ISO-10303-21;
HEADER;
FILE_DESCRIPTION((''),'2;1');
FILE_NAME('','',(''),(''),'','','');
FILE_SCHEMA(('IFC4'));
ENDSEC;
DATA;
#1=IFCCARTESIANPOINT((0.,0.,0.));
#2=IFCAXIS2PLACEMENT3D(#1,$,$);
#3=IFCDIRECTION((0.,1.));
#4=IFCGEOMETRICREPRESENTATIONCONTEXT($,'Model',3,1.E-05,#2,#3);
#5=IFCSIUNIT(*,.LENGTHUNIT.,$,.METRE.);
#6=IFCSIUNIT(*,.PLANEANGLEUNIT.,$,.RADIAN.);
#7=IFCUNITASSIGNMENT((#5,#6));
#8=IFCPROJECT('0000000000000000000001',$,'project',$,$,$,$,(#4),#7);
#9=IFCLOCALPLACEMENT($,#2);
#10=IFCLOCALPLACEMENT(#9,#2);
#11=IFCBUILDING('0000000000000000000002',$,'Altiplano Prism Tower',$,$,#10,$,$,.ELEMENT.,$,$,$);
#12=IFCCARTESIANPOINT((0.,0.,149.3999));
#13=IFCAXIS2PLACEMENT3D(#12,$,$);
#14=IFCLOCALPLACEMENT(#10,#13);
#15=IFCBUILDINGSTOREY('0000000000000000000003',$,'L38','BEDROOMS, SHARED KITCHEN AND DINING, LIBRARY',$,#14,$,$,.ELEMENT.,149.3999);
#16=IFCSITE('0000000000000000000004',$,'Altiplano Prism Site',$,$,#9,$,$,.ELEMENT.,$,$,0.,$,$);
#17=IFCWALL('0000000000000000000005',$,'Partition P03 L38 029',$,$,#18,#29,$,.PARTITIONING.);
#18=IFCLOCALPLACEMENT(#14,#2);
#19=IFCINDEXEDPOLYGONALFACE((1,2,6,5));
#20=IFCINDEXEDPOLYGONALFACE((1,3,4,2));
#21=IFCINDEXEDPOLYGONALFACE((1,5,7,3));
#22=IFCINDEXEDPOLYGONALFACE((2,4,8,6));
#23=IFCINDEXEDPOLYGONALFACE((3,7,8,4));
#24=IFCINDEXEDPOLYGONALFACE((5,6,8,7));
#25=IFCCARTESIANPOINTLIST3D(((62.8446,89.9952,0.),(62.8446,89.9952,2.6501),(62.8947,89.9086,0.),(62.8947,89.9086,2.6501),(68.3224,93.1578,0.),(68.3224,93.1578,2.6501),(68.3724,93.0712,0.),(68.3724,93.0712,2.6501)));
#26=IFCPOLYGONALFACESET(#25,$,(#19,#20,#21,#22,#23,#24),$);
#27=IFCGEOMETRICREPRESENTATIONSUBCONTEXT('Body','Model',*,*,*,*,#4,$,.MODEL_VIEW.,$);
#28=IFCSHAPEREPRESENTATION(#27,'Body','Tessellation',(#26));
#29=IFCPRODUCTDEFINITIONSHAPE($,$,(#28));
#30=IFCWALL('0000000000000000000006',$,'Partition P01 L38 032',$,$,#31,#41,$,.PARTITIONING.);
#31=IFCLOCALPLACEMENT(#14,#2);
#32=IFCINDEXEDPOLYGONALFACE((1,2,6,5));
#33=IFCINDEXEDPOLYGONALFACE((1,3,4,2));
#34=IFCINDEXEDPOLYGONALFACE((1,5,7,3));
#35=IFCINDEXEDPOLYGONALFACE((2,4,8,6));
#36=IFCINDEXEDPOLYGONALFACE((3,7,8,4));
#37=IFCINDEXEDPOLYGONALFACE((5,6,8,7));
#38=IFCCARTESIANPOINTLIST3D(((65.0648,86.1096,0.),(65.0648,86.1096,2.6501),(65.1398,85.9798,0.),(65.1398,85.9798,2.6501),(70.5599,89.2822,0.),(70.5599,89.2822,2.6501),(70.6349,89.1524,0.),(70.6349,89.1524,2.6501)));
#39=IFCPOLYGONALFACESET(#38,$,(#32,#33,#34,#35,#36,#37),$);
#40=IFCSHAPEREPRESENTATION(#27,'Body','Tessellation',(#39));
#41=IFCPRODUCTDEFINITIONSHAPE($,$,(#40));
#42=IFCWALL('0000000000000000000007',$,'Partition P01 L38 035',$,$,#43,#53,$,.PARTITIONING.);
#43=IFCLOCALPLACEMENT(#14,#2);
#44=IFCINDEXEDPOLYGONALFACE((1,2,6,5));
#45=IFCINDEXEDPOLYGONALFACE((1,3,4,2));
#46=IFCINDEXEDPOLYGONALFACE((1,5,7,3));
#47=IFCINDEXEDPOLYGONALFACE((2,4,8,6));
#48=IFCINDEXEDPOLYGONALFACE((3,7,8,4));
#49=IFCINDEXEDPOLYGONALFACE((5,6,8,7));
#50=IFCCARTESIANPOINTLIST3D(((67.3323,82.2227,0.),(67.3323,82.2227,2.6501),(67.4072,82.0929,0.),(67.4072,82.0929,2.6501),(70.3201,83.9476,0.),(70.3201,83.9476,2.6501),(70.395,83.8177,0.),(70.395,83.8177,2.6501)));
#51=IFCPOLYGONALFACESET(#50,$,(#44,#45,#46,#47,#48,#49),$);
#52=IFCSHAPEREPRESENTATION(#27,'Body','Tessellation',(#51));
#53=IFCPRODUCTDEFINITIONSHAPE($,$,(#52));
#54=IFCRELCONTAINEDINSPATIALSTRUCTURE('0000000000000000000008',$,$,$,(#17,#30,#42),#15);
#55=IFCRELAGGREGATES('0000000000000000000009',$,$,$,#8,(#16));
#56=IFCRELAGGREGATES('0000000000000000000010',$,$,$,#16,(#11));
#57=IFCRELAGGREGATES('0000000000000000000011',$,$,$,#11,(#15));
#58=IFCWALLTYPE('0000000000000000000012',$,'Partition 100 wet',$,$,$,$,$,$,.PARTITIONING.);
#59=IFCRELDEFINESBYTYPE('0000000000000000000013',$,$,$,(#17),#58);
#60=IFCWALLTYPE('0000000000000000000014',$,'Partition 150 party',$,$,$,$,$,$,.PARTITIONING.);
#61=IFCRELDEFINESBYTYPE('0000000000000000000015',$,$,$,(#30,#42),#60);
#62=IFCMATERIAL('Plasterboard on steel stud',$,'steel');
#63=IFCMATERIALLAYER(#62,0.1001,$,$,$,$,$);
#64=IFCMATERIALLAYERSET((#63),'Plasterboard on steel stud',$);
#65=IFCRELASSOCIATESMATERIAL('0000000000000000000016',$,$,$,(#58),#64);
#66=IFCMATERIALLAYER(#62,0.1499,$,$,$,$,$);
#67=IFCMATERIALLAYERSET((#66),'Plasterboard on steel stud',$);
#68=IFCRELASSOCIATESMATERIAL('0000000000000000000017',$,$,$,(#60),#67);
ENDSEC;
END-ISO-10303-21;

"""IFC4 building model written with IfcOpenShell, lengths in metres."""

from ifc_helpers import new_model, si_unit, direction, frame, frame_2d, origin, place, context, subcontext, project, spatial, rectangle, extrude, material, layer, layer_set, type_object, element, save


model = new_model("IFC4")

# Units and contexts
model_context = context("Model", 3, precision=1e-05, world=origin(), true_north=direction((0.0, 1.0)))
body_context = subcontext(model_context, "Body", "Model", "MODEL_VIEW")
ifc_project = project(units=[si_unit("LENGTHUNIT", "METRE"), si_unit("PLANEANGLEUNIT", "RADIAN")], contexts=[model_context])

# Site, building, storey
site_placement = place(None, origin())
site = spatial("IfcSite", under=ifc_project, at=site_placement, Name="Altiplano Prism Site", CompositionType="ELEMENT", RefElevation=0.0)
building_placement = place(site_placement, origin())
building = spatial("IfcBuilding", under=site, at=building_placement, Name="Altiplano Prism Tower", CompositionType="ELEMENT")
storey_placement = place(building_placement, frame((0.0, 0.0, 149.3999)))
storey = spatial("IfcBuildingStorey", under=building, at=storey_placement, Name="L38", Description="BEDROOMS, SHARED KITCHEN AND DINING, LIBRARY", CompositionType="ELEMENT", Elevation=149.3999)

# Walls
ifc_material_1 = material(Name="Plasterboard on steel stud", Category="steel")
ifc_layer_1 = layer(ifc_material_1, 0.1001)
ifc_layer_set_1 = layer_set([ifc_layer_1], Name="Plasterboard on steel stud")
wall_type_1 = type_object("IfcWallType", Name="Partition 100 wet", PredefinedType="PARTITIONING", material=ifc_layer_set_1)
wall_1_placement = place(storey_placement, frame((62.8696, 89.9519, 0.0), z_axis=(0.0, 0.0, 1.0), x_axis=(0.866026, 0.5, 0.0)))
element("IfcWall", 1, at=wall_1_placement, inside=storey, type_object=wall_type_1, Name="Partition P03 L38 029", PredefinedType="PARTITIONING", context=body_context, shape_type="SweptSolid", body=[
    extrude(rectangle(XDim=6.3252, YDim=0.1001, at=frame_2d((3.1626, 0.0))), origin(), (0.0, 0.0, 1.0), 2.6501),
])
ifc_layer_2 = layer(ifc_material_1, 0.1499)
ifc_layer_set_2 = layer_set([ifc_layer_2], Name="Plasterboard on steel stud")
wall_type_2 = type_object("IfcWallType", Name="Partition 150 party", PredefinedType="PARTITIONING", material=ifc_layer_set_2)
wall_2_placement = place(storey_placement, frame((65.1023, 86.0447, 0.0), z_axis=(0.0, 0.0, 1.0), x_axis=(0.866025, 0.5, 0.0)))
element("IfcWall", 2, at=wall_2_placement, inside=storey, type_object=wall_type_2, Name="Partition P01 L38 032", PredefinedType="PARTITIONING", context=body_context, shape_type="SweptSolid", body=[
    extrude(rectangle(XDim=6.3452, YDim=0.1499, at=frame_2d((3.1726, 0.0))), origin(), (0.0, 0.0, 1.0), 2.6501),
])
wall_3_placement = place(storey_placement, frame((67.3696, 82.1577, 0.0), z_axis=(0.0, 0.0, 1.0), x_axis=(0.866044, 0.499967, 0.0)))
element("IfcWall", 3, at=wall_3_placement, inside=storey, type_object=wall_type_2, Name="Partition P01 L38 035", PredefinedType="PARTITIONING", context=body_context, shape_type="SweptSolid", body=[
    extrude(rectangle(XDim=3.45, YDim=0.1499, at=frame_2d((1.7251, 0.0))), origin(), (0.0, 0.0, 1.0), 2.6501),
])

save(model, "model.ifc")
